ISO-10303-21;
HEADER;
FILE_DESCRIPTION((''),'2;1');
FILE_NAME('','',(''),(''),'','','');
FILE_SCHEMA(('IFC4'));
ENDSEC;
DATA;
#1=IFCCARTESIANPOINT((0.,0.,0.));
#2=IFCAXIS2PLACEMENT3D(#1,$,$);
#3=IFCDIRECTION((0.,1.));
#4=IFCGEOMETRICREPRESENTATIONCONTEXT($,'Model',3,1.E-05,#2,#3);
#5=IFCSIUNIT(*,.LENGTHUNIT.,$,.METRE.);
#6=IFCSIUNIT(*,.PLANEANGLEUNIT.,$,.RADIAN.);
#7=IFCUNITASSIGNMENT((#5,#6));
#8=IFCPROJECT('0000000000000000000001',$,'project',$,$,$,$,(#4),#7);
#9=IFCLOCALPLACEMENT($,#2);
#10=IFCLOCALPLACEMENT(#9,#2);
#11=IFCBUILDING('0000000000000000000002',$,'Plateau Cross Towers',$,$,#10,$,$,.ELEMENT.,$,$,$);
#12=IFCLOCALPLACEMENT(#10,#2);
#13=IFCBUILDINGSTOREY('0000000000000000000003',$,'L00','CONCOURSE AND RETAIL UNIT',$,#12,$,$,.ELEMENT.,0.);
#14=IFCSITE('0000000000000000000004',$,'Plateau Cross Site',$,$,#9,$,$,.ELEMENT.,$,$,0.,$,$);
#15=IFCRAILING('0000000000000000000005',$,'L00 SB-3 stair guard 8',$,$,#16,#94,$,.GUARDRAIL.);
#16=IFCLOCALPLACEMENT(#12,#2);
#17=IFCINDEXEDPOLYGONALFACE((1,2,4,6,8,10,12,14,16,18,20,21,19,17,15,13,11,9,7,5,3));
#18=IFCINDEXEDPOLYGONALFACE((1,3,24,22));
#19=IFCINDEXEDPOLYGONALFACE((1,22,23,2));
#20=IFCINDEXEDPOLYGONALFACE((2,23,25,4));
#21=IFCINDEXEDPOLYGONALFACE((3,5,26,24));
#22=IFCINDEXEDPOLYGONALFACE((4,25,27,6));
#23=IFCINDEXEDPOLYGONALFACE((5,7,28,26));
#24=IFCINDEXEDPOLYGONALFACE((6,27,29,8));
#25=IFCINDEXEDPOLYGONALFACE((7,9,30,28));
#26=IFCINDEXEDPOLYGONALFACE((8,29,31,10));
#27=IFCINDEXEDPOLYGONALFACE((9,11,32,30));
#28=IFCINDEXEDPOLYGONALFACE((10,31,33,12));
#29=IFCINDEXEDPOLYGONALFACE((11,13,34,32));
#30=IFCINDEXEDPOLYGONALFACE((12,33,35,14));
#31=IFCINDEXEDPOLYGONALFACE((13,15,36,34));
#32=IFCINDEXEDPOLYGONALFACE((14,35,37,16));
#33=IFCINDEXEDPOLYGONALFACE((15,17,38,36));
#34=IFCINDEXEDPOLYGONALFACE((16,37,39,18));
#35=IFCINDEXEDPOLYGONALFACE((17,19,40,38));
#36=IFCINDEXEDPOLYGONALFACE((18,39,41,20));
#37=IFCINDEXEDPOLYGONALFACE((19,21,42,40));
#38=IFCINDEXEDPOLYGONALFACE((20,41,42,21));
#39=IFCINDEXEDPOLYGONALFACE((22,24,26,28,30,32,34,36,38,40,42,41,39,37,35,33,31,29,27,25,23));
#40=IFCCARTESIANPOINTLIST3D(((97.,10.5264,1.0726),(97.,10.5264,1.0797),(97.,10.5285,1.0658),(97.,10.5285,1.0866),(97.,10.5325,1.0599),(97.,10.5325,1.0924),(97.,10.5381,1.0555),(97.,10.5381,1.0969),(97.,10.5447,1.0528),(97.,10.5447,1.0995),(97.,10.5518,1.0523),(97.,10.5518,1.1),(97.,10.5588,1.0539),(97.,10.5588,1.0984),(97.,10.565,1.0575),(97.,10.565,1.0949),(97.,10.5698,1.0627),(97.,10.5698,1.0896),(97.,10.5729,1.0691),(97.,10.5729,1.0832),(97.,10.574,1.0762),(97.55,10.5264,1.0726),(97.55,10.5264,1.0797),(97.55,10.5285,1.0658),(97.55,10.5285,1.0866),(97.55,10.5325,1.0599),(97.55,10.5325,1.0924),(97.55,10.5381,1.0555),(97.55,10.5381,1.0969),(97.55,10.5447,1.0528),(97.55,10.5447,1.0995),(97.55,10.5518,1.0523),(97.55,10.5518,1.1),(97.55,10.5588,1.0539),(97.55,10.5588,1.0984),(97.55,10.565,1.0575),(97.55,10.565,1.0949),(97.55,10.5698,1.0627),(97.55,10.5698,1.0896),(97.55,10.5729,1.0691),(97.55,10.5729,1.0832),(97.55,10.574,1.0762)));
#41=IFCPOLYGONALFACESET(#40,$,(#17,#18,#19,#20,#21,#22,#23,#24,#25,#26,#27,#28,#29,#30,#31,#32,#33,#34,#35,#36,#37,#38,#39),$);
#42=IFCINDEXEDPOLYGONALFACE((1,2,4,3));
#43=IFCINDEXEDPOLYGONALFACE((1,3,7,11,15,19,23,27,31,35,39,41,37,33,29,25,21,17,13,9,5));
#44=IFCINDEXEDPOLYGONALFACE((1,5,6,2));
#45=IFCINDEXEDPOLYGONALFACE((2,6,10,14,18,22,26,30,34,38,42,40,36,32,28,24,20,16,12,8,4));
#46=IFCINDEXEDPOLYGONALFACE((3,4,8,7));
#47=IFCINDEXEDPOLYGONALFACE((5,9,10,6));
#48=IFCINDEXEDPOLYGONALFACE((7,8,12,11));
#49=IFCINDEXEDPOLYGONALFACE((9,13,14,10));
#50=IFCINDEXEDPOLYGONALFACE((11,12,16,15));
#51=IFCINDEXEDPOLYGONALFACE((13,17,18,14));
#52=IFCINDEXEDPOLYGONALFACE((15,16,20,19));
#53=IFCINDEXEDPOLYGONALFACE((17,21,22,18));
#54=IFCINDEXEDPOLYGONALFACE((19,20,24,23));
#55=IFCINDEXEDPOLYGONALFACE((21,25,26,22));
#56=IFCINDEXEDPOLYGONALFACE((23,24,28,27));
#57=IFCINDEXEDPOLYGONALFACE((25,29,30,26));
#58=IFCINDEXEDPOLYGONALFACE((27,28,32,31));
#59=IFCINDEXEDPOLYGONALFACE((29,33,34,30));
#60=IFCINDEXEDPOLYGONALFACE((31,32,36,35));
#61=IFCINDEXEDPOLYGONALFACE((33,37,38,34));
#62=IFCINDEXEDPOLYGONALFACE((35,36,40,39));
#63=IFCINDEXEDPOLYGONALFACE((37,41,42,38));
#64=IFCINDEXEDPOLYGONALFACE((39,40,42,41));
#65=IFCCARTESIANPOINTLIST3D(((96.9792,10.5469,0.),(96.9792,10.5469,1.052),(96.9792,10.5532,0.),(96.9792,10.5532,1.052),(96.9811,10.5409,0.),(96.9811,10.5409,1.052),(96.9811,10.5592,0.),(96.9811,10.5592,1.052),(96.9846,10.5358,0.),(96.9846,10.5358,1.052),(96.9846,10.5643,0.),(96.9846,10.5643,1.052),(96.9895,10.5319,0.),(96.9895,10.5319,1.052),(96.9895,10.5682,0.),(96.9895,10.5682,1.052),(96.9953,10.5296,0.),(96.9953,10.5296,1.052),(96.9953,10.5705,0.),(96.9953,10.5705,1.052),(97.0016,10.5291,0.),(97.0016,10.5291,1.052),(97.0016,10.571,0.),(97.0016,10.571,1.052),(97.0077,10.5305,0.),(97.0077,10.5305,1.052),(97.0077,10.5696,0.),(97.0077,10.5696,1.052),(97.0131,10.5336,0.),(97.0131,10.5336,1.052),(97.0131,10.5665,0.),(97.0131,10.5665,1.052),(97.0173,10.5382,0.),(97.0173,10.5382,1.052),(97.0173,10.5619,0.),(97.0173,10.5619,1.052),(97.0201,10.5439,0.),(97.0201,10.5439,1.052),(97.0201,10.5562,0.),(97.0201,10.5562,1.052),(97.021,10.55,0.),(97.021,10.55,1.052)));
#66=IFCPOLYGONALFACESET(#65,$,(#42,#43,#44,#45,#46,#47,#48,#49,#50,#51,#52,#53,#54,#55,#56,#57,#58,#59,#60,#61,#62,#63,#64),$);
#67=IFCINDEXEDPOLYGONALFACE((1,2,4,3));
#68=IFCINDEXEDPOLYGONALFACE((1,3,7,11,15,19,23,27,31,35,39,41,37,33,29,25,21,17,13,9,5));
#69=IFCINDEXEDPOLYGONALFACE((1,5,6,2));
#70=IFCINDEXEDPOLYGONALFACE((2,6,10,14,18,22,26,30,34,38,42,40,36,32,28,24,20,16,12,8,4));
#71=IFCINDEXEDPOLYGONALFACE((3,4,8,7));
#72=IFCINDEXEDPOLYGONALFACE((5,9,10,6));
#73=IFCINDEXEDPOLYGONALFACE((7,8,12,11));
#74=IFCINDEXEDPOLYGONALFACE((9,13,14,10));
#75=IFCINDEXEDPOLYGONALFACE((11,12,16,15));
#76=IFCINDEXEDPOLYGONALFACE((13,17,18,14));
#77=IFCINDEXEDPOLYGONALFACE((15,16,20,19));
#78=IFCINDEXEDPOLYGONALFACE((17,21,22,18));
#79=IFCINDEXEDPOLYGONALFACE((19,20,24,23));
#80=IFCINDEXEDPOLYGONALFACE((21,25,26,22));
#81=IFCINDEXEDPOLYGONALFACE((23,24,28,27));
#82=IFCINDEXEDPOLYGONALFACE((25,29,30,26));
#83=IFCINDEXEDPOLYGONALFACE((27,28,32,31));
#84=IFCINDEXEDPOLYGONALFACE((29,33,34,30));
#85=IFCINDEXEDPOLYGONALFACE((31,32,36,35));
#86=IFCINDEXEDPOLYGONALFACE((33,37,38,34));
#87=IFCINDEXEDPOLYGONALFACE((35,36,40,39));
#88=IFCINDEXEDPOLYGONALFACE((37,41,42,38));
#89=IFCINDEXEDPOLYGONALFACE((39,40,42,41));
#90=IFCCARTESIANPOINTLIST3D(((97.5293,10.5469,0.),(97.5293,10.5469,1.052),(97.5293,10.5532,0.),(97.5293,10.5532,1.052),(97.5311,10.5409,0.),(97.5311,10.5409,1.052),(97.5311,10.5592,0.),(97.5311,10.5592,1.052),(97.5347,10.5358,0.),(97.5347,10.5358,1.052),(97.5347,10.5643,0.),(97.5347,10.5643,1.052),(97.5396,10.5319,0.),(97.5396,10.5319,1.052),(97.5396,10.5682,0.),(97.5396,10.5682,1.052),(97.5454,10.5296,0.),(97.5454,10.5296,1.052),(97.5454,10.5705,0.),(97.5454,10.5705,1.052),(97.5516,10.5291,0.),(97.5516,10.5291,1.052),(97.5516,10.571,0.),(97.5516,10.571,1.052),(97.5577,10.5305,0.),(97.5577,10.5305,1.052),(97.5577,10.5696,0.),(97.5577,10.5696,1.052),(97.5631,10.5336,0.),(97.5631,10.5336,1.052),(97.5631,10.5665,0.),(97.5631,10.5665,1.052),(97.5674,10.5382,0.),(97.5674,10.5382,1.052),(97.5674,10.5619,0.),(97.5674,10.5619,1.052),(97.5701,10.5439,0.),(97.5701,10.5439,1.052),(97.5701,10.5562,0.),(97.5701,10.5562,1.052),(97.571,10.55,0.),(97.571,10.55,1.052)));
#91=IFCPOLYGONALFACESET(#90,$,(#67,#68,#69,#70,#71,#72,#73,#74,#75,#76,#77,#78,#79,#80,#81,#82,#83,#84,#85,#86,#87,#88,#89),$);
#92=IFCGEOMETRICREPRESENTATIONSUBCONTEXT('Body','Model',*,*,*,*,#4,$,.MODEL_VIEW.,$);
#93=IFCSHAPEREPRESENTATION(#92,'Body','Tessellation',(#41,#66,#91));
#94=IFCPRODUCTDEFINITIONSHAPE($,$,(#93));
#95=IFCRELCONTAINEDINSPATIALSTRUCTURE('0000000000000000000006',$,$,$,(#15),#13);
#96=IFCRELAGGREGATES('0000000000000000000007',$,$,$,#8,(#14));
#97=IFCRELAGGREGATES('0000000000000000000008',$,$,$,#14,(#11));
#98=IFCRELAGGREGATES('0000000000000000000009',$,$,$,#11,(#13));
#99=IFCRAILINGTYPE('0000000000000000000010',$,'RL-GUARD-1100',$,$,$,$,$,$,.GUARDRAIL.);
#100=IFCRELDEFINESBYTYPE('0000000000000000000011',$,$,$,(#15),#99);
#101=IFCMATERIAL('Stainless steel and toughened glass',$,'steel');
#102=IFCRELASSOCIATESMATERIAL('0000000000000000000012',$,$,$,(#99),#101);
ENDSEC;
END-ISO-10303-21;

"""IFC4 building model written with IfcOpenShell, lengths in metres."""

from ifc_helpers import new_model, si_unit, direction, frame, origin, origin_2d, place, context, subcontext, project, spatial, circle, extrude, material, type_object, element, save


model = new_model("IFC4")

# Units and contexts
model_context = context("Model", 3, precision=1e-05, world=origin(), true_north=direction((0.0, 1.0)))
body_context = subcontext(model_context, "Body", "Model", "MODEL_VIEW")
ifc_project = project(units=[si_unit("LENGTHUNIT", "METRE"), si_unit("PLANEANGLEUNIT", "RADIAN")], contexts=[model_context])

# Site, building, storey
site_placement = place(None, origin())
site = spatial("IfcSite", under=ifc_project, at=site_placement, Name="Plateau Cross Site", CompositionType="ELEMENT", RefElevation=0.0)
building_placement = place(site_placement, origin())
building = spatial("IfcBuilding", under=site, at=building_placement, Name="Plateau Cross Towers", CompositionType="ELEMENT")
storey_placement = place(building_placement, origin())
storey = spatial("IfcBuildingStorey", under=building, at=storey_placement, Name="L00", Description="CONCOURSE AND RETAIL UNIT", CompositionType="ELEMENT", Elevation=0.0)

# Railing
ifc_material_1 = material(Name="Stainless steel and toughened glass", Category="steel")
railing_type_1 = type_object("IfcRailingType", Name="RL-GUARD-1100", PredefinedType="GUARDRAIL", material=ifc_material_1)
railing_1_placement = place(storey_placement, frame((97.0, 10.55, 0.0)))
element("IfcRailing", 1, at=railing_1_placement, inside=storey, type_object=railing_type_1, Name="L00 SB-3 stair guard 8", PredefinedType="GUARDRAIL", context=body_context, shape_type="SweptSolid", body=[
    extrude(circle(Radius=0.0239, at=origin_2d()), frame((0.0, 0.0, 1.0762), z_axis=(1.0, 0.0, 0.0), x_axis=(0.0, 1.0, 0.0)), (0.0, 0.0, 1.0), 0.55),
    extrude(circle(Radius=0.021, at=origin_2d()), origin(), (0.0, 0.0, 1.0), 1.052),
    extrude(circle(Radius=0.021, at=origin_2d()), frame((0.55, 0.0, 0.0)), (0.0, 0.0, 1.0), 1.052),
])

save(model, "model.ifc")
